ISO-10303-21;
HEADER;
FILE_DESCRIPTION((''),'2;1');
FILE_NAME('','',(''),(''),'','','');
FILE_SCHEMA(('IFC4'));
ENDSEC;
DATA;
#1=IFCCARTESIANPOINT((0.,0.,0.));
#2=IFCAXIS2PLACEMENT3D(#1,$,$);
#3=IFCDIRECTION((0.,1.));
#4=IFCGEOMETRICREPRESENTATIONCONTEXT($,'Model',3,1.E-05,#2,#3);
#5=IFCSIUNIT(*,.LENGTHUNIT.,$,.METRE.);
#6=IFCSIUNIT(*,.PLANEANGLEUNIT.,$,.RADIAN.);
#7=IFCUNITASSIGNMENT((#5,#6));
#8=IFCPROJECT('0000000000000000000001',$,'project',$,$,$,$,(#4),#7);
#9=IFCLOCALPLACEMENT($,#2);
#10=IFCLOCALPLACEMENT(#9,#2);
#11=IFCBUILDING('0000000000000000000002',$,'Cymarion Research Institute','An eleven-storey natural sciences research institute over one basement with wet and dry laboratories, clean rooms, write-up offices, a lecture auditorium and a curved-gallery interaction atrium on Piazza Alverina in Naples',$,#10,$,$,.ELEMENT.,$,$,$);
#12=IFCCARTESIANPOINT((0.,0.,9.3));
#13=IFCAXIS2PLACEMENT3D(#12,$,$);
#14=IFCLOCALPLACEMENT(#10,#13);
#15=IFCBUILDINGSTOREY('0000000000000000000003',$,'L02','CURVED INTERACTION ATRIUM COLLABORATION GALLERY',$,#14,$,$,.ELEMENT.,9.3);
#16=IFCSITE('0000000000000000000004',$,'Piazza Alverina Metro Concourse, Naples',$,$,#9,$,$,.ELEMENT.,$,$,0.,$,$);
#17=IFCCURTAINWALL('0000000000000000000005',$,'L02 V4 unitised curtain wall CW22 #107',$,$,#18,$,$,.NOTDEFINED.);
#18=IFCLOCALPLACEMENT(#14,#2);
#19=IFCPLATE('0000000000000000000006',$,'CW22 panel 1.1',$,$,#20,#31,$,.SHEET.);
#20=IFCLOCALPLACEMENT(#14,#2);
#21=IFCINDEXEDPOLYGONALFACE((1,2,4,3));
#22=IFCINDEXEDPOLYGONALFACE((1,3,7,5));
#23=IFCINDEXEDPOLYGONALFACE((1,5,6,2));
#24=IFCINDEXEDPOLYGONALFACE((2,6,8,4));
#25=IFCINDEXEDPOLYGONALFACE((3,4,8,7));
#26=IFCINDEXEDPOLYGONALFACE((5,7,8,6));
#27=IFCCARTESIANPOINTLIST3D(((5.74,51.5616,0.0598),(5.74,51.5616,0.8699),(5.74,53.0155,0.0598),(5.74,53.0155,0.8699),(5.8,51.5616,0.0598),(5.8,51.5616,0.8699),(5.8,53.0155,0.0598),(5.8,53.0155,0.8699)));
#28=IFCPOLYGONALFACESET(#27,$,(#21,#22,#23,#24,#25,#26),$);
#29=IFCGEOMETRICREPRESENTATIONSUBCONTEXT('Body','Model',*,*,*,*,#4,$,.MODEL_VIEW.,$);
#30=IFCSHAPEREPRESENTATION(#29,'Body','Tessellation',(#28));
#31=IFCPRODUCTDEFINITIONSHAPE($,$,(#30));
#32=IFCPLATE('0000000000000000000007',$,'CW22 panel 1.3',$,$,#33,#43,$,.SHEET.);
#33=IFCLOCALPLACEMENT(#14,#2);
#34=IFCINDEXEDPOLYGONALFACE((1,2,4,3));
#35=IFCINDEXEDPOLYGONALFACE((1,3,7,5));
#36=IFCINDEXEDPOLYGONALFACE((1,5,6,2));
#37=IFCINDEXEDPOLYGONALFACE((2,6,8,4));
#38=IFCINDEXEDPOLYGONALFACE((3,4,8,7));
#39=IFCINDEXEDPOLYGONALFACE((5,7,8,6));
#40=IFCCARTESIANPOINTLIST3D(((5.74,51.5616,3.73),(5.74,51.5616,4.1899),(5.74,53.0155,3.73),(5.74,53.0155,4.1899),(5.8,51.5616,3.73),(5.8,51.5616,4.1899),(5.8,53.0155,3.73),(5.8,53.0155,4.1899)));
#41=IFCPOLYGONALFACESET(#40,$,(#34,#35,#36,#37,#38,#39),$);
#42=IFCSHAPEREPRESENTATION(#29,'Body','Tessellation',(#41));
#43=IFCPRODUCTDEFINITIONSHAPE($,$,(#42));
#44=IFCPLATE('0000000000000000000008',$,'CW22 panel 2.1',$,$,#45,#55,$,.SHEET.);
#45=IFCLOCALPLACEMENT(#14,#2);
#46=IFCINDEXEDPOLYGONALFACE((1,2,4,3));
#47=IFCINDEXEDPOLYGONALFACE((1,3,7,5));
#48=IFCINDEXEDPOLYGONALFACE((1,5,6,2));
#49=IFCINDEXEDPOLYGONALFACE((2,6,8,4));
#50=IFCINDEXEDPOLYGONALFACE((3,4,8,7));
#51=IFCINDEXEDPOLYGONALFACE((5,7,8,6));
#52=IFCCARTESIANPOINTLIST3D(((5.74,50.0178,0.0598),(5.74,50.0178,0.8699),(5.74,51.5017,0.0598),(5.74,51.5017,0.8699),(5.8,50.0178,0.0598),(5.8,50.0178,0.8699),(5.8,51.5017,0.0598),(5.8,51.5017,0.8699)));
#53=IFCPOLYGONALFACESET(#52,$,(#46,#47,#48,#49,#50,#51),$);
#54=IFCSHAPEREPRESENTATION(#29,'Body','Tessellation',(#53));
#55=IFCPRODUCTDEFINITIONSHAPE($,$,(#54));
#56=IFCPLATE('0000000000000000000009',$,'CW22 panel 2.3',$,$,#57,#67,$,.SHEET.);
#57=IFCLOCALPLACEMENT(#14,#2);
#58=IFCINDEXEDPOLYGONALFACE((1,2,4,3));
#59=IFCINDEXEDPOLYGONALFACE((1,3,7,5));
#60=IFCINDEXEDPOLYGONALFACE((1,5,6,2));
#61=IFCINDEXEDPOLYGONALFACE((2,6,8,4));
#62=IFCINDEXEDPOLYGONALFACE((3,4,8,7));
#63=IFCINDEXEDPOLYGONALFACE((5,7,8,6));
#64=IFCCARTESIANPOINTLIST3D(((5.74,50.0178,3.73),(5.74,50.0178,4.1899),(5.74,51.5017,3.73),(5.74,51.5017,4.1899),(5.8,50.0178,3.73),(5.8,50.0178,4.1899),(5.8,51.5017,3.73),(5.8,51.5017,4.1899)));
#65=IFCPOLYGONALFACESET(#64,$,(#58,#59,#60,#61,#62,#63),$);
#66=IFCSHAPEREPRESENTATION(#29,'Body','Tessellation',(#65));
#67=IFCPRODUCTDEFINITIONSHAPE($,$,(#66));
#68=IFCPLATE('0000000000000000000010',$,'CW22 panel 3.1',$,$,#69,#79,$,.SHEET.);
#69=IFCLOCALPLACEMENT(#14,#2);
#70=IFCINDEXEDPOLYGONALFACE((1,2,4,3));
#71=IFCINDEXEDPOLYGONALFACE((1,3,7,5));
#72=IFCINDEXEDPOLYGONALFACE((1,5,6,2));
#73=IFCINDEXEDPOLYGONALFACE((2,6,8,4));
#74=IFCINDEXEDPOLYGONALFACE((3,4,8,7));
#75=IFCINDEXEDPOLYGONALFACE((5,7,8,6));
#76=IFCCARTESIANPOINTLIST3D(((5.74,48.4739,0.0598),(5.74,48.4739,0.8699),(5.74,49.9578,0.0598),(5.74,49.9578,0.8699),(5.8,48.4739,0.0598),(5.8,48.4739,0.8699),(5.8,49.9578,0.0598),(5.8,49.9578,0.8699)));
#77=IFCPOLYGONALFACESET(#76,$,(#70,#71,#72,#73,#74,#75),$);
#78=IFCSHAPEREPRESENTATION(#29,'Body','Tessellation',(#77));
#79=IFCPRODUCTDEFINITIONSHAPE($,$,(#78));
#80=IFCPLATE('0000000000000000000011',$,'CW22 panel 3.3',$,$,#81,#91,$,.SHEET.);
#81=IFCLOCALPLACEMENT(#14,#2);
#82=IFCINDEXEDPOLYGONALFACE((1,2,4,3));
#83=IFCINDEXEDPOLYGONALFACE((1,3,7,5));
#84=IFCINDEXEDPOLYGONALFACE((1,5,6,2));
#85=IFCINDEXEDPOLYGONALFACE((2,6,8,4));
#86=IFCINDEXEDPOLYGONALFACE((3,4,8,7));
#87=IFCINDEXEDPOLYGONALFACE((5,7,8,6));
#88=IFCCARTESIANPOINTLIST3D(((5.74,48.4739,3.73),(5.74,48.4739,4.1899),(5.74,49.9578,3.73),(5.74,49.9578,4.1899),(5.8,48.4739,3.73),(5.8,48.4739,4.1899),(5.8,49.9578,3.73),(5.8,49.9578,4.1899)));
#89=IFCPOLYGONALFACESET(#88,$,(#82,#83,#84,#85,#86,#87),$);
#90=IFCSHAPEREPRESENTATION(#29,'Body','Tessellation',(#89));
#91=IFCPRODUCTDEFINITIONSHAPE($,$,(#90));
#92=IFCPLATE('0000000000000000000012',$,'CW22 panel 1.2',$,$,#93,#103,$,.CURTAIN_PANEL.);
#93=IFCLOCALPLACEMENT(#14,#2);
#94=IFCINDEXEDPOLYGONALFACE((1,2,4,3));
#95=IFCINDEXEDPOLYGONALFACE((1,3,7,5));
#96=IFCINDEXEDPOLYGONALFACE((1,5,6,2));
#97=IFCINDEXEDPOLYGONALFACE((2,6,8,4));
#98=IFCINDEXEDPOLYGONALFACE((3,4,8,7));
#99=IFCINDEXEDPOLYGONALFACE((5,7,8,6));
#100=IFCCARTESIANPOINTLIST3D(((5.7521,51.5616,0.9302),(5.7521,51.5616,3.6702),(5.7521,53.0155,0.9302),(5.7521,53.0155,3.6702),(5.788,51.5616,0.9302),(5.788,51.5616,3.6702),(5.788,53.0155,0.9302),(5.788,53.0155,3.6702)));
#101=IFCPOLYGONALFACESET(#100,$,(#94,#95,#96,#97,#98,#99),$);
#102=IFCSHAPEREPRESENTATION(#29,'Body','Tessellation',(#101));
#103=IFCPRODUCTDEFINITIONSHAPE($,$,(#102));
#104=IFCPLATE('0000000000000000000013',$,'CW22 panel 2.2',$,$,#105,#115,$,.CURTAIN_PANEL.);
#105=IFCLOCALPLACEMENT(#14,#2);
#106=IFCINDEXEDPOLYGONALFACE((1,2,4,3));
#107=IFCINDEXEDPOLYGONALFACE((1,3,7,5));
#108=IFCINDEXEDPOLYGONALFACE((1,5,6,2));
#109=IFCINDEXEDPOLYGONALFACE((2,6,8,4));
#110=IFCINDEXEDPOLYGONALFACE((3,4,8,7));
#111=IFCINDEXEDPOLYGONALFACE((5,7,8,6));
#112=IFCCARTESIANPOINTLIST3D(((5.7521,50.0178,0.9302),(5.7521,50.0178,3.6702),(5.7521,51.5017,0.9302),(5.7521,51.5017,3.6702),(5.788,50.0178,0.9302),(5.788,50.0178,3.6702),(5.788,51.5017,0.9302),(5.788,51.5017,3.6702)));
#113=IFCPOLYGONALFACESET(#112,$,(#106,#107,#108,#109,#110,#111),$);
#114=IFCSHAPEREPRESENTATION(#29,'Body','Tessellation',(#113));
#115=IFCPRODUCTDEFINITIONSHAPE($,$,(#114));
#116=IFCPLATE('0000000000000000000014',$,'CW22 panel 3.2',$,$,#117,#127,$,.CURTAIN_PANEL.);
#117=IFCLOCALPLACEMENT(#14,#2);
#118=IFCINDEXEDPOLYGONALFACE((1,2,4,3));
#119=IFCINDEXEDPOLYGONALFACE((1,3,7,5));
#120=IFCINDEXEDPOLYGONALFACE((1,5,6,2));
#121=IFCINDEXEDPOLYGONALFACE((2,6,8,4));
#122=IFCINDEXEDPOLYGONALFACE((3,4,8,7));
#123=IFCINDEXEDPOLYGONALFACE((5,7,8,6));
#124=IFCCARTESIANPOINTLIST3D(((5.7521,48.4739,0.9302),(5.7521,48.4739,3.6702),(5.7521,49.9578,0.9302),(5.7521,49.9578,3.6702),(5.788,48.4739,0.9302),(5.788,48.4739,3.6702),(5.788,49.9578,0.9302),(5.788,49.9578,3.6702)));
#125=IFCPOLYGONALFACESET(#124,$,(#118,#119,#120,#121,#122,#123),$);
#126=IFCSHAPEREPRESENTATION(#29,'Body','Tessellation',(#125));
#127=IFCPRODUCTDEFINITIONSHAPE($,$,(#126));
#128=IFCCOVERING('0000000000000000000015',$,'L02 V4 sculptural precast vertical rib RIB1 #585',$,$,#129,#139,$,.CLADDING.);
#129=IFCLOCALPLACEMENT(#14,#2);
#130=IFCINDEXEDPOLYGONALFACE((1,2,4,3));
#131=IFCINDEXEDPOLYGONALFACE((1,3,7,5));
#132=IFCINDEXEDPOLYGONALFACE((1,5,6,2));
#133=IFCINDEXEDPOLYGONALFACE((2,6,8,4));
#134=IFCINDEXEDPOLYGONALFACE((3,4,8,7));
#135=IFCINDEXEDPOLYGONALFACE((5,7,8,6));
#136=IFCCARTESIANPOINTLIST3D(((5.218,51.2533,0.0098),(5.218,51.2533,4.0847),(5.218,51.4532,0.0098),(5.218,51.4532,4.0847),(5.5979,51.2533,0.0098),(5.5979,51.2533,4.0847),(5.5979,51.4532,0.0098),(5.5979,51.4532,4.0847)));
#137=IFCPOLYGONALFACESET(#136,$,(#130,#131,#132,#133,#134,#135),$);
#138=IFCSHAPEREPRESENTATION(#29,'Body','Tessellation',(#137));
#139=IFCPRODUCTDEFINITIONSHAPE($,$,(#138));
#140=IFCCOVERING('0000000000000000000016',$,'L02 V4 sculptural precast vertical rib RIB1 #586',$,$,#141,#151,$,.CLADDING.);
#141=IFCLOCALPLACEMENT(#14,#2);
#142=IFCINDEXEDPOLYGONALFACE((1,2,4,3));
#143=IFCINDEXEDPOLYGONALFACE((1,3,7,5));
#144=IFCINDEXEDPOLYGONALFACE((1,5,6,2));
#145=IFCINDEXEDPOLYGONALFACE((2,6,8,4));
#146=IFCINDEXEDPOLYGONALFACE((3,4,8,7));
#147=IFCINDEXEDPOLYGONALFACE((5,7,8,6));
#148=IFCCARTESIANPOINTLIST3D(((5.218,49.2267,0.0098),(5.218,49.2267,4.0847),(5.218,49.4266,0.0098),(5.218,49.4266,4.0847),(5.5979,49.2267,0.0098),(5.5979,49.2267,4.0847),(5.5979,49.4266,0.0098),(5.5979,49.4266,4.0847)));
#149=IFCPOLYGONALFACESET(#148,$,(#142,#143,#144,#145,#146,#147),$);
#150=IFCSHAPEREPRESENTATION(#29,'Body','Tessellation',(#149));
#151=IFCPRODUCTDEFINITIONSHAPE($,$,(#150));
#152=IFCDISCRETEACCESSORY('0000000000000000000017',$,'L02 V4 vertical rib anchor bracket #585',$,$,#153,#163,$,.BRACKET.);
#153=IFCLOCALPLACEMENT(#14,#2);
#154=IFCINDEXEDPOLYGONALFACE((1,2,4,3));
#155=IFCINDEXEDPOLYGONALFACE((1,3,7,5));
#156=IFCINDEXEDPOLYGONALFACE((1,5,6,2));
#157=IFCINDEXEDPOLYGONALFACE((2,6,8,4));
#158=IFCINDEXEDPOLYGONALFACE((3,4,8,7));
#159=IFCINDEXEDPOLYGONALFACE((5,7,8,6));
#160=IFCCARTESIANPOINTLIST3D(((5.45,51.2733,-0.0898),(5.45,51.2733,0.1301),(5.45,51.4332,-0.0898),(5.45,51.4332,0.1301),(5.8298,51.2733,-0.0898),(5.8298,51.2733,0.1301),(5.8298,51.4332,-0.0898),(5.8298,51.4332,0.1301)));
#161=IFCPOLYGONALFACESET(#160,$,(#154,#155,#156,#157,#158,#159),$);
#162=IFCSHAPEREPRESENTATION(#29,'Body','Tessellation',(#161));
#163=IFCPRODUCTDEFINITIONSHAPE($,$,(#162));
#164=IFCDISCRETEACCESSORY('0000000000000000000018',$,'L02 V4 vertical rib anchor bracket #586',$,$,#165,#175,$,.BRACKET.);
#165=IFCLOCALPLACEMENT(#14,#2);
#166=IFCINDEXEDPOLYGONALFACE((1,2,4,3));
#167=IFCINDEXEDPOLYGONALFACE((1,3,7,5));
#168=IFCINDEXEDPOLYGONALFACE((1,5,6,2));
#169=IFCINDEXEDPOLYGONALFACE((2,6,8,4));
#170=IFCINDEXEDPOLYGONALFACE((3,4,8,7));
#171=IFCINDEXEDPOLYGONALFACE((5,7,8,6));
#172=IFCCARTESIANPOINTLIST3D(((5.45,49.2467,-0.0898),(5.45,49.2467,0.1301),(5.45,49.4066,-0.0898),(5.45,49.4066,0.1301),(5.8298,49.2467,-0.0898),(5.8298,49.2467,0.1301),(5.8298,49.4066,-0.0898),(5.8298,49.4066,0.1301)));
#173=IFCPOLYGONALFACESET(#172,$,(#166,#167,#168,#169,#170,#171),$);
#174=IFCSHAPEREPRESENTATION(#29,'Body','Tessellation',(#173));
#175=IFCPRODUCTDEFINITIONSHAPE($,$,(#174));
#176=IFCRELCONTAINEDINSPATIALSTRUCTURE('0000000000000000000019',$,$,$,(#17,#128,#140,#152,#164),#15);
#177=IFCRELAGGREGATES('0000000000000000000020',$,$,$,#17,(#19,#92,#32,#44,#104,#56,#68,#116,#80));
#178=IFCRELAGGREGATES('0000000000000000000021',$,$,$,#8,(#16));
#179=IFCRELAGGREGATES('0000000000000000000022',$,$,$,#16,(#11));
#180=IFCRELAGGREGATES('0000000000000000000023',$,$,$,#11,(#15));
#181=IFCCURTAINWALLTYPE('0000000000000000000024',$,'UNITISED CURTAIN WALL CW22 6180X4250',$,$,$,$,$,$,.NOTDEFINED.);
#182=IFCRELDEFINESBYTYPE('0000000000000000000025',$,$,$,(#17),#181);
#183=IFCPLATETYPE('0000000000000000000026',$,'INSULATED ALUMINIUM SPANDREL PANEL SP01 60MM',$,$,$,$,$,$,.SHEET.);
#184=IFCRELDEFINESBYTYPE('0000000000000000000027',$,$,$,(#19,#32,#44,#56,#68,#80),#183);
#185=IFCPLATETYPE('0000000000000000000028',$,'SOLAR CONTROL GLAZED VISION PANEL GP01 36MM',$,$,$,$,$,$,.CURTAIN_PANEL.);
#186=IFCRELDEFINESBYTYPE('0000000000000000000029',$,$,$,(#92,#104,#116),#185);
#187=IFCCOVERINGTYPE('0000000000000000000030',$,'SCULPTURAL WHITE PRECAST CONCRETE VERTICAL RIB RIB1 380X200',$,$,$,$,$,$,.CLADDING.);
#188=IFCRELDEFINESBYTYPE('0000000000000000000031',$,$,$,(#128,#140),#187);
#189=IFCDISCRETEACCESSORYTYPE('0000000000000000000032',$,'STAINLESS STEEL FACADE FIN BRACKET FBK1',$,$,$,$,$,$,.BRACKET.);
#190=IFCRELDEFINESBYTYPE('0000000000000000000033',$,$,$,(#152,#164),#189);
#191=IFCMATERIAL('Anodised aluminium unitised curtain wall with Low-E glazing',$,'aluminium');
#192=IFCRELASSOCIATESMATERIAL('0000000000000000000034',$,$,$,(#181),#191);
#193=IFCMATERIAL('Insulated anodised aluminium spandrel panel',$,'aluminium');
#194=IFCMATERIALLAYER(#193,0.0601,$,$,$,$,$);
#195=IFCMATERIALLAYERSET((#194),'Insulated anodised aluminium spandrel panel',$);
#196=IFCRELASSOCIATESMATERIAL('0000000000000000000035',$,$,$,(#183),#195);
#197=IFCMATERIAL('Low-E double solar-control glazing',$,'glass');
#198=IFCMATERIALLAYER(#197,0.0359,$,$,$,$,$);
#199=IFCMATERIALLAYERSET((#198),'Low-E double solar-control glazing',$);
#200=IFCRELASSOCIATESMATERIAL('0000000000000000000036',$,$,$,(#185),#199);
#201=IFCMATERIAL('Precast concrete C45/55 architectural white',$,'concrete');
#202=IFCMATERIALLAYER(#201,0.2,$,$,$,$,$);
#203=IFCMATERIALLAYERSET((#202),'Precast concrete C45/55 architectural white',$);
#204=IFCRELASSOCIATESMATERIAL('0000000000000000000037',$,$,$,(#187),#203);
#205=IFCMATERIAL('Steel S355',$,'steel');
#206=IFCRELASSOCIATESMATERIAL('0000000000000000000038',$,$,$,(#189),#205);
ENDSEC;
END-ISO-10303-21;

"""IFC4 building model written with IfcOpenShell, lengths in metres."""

from ifc_helpers import new_model, si_unit, direction, frame, origin, origin_2d, place, context, subcontext, project, spatial, rectangle, extrude, material, layer, layer_set, type_object, element, aggregate, save


model = new_model("IFC4")

# Units and contexts
model_context = context("Model", 3, precision=1e-05, world=origin(), true_north=direction((0.0, 1.0)))
body_context = subcontext(model_context, "Body", "Model", "MODEL_VIEW")
ifc_project = project(units=[si_unit("LENGTHUNIT", "METRE"), si_unit("PLANEANGLEUNIT", "RADIAN")], contexts=[model_context])

# Site, building, storey
site_placement = place(None, origin())
site = spatial("IfcSite", under=ifc_project, at=site_placement, Name="Piazza Alverina Metro Concourse, Naples", CompositionType="ELEMENT", RefElevation=0.0)
building_placement = place(site_placement, origin())
building = spatial("IfcBuilding", under=site, at=building_placement, Name="Cymarion Research Institute", Description="An eleven-storey natural sciences research institute over one basement with wet and dry laboratories, clean rooms, write-up offices, a lecture auditorium and a curved-gallery interaction atrium on Piazza Alverina in Naples", CompositionType="ELEMENT")
storey_placement = place(building_placement, frame((0.0, 0.0, 9.3)))
storey = spatial("IfcBuildingStorey", under=building, at=storey_placement, Name="L02", Description="CURVED INTERACTION ATRIUM COLLABORATION GALLERY", CompositionType="ELEMENT", Elevation=9.3)

# Curtain wall, plates
ifc_material_1 = material(Name="Anodised aluminium unitised curtain wall with Low-E glazing", Category="aluminium")
curtain_wall_type = type_object("IfcCurtainWallType", Name="UNITISED CURTAIN WALL CW22 6180X4250", PredefinedType="NOTDEFINED", material=ifc_material_1)
curtain_wall_placement = place(storey_placement, origin())
curtain_wall = element("IfcCurtainWall", 1, at=curtain_wall_placement, inside=storey, type_object=curtain_wall_type, Name="L02 V4 unitised curtain wall CW22 #107", PredefinedType="NOTDEFINED")
ifc_material_2 = material(Name="Insulated anodised aluminium spandrel panel", Category="aluminium")
ifc_layer_1 = layer(ifc_material_2, 0.0601)
ifc_layer_set_1 = layer_set([ifc_layer_1], Name="Insulated anodised aluminium spandrel panel")
plate_type_1 = type_object("IfcPlateType", Name="INSULATED ALUMINIUM SPANDREL PANEL SP01 60MM", PredefinedType="SHEET", material=ifc_layer_set_1)
plate_1_placement = place(storey_placement, frame((5.77, 52.2886, 0.0598), z_axis=(0.0, 0.0, 1.0), x_axis=(0.0, -1.0, 0.0)))
plate_1 = element("IfcPlate", 2, at=plate_1_placement, type_object=plate_type_1, Name="CW22 panel 1.1", PredefinedType="SHEET", context=body_context, shape_type="SweptSolid", body=[
    extrude(rectangle(XDim=1.4539, YDim=0.0601, at=origin_2d()), origin(), (0.0, 0.0, 1.0), 0.8101),
])
plate_2_placement = place(storey_placement, frame((5.77, 52.2886, 3.73), z_axis=(0.0, 0.0, 1.0), x_axis=(0.0, -1.0, 0.0)))
plate_2 = element("IfcPlate", 3, at=plate_2_placement, type_object=plate_type_1, Name="CW22 panel 1.3", PredefinedType="SHEET", context=body_context, shape_type="SweptSolid", body=[
    extrude(rectangle(XDim=1.4539, YDim=0.0601, at=origin_2d()), origin(), (0.0, 0.0, 1.0), 0.46),
])
plate_3_placement = place(storey_placement, frame((5.77, 50.7598, 0.0598), z_axis=(0.0, 0.0, 1.0), x_axis=(0.0, -1.0, 0.0)))
plate_3 = element("IfcPlate", 4, at=plate_3_placement, type_object=plate_type_1, Name="CW22 panel 2.1", PredefinedType="SHEET", context=body_context, shape_type="SweptSolid", body=[
    extrude(rectangle(XDim=1.4839, YDim=0.0601, at=origin_2d()), origin(), (0.0, 0.0, 1.0), 0.8101),
])
plate_4_placement = place(storey_placement, frame((5.77, 50.7598, 3.73), z_axis=(0.0, 0.0, 1.0), x_axis=(0.0, -1.0, 0.0)))
plate_4 = element("IfcPlate", 5, at=plate_4_placement, type_object=plate_type_1, Name="CW22 panel 2.3", PredefinedType="SHEET", context=body_context, shape_type="SweptSolid", body=[
    extrude(rectangle(XDim=1.4839, YDim=0.0601, at=origin_2d()), origin(), (0.0, 0.0, 1.0), 0.46),
])
plate_5_placement = place(storey_placement, frame((5.77, 49.2158, 0.0598), z_axis=(0.0, 0.0, 1.0), x_axis=(0.0, -1.0, 0.0)))
plate_5 = element("IfcPlate", 6, at=plate_5_placement, type_object=plate_type_1, Name="CW22 panel 3.1", PredefinedType="SHEET", context=body_context, shape_type="SweptSolid", body=[
    extrude(rectangle(XDim=1.4839, YDim=0.0601, at=origin_2d()), origin(), (0.0, 0.0, 1.0), 0.8101),
])
plate_6_placement = place(storey_placement, frame((5.77, 49.2158, 3.73), z_axis=(0.0, 0.0, 1.0), x_axis=(0.0, -1.0, 0.0)))
plate_6 = element("IfcPlate", 7, at=plate_6_placement, type_object=plate_type_1, Name="CW22 panel 3.3", PredefinedType="SHEET", context=body_context, shape_type="SweptSolid", body=[
    extrude(rectangle(XDim=1.4839, YDim=0.0601, at=origin_2d()), origin(), (0.0, 0.0, 1.0), 0.46),
])
ifc_material_3 = material(Name="Low-E double solar-control glazing", Category="glass")
ifc_layer_2 = layer(ifc_material_3, 0.0359)
ifc_layer_set_2 = layer_set([ifc_layer_2], Name="Low-E double solar-control glazing")
plate_type_2 = type_object("IfcPlateType", Name="SOLAR CONTROL GLAZED VISION PANEL GP01 36MM", PredefinedType="CURTAIN_PANEL", material=ifc_layer_set_2)
plate_7_placement = place(storey_placement, frame((5.77, 52.2886, 0.9302), z_axis=(0.0, 0.0, 1.0), x_axis=(0.0, -1.0, 0.0)))
plate_7 = element("IfcPlate", 8, at=plate_7_placement, type_object=plate_type_2, Name="CW22 panel 1.2", PredefinedType="CURTAIN_PANEL", context=body_context, shape_type="SweptSolid", body=[
    extrude(rectangle(XDim=1.4539, YDim=0.0359, at=origin_2d()), origin(), (0.0, 0.0, 1.0), 2.74),
])
plate_8_placement = place(storey_placement, frame((5.77, 50.7598, 0.9302), z_axis=(0.0, 0.0, 1.0), x_axis=(0.0, -1.0, 0.0)))
plate_8 = element("IfcPlate", 9, at=plate_8_placement, type_object=plate_type_2, Name="CW22 panel 2.2", PredefinedType="CURTAIN_PANEL", context=body_context, shape_type="SweptSolid", body=[
    extrude(rectangle(XDim=1.4839, YDim=0.0359, at=origin_2d()), origin(), (0.0, 0.0, 1.0), 2.74),
])
plate_9_placement = place(storey_placement, frame((5.77, 49.2158, 0.9302), z_axis=(0.0, 0.0, 1.0), x_axis=(0.0, -1.0, 0.0)))
plate_9 = element("IfcPlate", 10, at=plate_9_placement, type_object=plate_type_2, Name="CW22 panel 3.2", PredefinedType="CURTAIN_PANEL", context=body_context, shape_type="SweptSolid", body=[
    extrude(rectangle(XDim=1.4839, YDim=0.0359, at=origin_2d()), origin(), (0.0, 0.0, 1.0), 2.74),
])
aggregate(curtain_wall, [plate_1, plate_7, plate_2, plate_3, plate_8, plate_4, plate_5, plate_9, plate_6])

# Coverings
ifc_material_4 = material(Name="Precast concrete C45/55 architectural white", Category="concrete")
ifc_layer_3 = layer(ifc_material_4, 0.2)
ifc_layer_set_3 = layer_set([ifc_layer_3], Name="Precast concrete C45/55 architectural white")
covering_type = type_object("IfcCoveringType", Name="SCULPTURAL WHITE PRECAST CONCRETE VERTICAL RIB RIB1 380X200", PredefinedType="CLADDING", material=ifc_layer_set_3)
for number, where, z_axis, x_axis, name in (
    (11, (5.408, 51.3533, 0.0098), (0.0, 0.0, 1.0), (-1.0, 0.0, 0.0), "L02 V4 sculptural precast vertical rib RIB1 #585"),
    (12, (5.408, 49.3267, 0.0098), (0.0, 0.0, 1.0), (-1.0, 0.0, 0.0), "L02 V4 sculptural precast vertical rib RIB1 #586"),
):
    element("IfcCovering", number, at=place(storey_placement, frame(where, z_axis=z_axis, x_axis=x_axis)), inside=storey, type_object=covering_type, Name=name, PredefinedType="CLADDING", context=body_context, shape_type="SweptSolid", body=[
        extrude(rectangle(XDim=0.3799, YDim=0.2, at=origin_2d()), origin(), (0.0, 0.0, 1.0), 4.075),
    ])

# Discrete accessories
ifc_material_5 = material(Name="Steel S355", Category="steel")
discrete_accessory_type = type_object("IfcDiscreteAccessoryType", Name="STAINLESS STEEL FACADE FIN BRACKET FBK1", PredefinedType="BRACKET", material=ifc_material_5)
for number, where, z_axis, x_axis, name in (
    (13, (5.6399, 51.3533, -0.0898), (0.0, 0.0, 1.0), (-1.0, 0.0, 0.0), "L02 V4 vertical rib anchor bracket #585"),
    (14, (5.6399, 49.3267, -0.0898), (0.0, 0.0, 1.0), (-1.0, 0.0, 0.0), "L02 V4 vertical rib anchor bracket #586"),
):
    element("IfcDiscreteAccessory", number, at=place(storey_placement, frame(where, z_axis=z_axis, x_axis=x_axis)), inside=storey, type_object=discrete_accessory_type, Name=name, PredefinedType="BRACKET", context=body_context, shape_type="SweptSolid", body=[
        extrude(rectangle(XDim=0.3799, YDim=0.1599, at=origin_2d()), origin(), (0.0, 0.0, 1.0), 0.22),
    ])

save(model, "model.ifc")
